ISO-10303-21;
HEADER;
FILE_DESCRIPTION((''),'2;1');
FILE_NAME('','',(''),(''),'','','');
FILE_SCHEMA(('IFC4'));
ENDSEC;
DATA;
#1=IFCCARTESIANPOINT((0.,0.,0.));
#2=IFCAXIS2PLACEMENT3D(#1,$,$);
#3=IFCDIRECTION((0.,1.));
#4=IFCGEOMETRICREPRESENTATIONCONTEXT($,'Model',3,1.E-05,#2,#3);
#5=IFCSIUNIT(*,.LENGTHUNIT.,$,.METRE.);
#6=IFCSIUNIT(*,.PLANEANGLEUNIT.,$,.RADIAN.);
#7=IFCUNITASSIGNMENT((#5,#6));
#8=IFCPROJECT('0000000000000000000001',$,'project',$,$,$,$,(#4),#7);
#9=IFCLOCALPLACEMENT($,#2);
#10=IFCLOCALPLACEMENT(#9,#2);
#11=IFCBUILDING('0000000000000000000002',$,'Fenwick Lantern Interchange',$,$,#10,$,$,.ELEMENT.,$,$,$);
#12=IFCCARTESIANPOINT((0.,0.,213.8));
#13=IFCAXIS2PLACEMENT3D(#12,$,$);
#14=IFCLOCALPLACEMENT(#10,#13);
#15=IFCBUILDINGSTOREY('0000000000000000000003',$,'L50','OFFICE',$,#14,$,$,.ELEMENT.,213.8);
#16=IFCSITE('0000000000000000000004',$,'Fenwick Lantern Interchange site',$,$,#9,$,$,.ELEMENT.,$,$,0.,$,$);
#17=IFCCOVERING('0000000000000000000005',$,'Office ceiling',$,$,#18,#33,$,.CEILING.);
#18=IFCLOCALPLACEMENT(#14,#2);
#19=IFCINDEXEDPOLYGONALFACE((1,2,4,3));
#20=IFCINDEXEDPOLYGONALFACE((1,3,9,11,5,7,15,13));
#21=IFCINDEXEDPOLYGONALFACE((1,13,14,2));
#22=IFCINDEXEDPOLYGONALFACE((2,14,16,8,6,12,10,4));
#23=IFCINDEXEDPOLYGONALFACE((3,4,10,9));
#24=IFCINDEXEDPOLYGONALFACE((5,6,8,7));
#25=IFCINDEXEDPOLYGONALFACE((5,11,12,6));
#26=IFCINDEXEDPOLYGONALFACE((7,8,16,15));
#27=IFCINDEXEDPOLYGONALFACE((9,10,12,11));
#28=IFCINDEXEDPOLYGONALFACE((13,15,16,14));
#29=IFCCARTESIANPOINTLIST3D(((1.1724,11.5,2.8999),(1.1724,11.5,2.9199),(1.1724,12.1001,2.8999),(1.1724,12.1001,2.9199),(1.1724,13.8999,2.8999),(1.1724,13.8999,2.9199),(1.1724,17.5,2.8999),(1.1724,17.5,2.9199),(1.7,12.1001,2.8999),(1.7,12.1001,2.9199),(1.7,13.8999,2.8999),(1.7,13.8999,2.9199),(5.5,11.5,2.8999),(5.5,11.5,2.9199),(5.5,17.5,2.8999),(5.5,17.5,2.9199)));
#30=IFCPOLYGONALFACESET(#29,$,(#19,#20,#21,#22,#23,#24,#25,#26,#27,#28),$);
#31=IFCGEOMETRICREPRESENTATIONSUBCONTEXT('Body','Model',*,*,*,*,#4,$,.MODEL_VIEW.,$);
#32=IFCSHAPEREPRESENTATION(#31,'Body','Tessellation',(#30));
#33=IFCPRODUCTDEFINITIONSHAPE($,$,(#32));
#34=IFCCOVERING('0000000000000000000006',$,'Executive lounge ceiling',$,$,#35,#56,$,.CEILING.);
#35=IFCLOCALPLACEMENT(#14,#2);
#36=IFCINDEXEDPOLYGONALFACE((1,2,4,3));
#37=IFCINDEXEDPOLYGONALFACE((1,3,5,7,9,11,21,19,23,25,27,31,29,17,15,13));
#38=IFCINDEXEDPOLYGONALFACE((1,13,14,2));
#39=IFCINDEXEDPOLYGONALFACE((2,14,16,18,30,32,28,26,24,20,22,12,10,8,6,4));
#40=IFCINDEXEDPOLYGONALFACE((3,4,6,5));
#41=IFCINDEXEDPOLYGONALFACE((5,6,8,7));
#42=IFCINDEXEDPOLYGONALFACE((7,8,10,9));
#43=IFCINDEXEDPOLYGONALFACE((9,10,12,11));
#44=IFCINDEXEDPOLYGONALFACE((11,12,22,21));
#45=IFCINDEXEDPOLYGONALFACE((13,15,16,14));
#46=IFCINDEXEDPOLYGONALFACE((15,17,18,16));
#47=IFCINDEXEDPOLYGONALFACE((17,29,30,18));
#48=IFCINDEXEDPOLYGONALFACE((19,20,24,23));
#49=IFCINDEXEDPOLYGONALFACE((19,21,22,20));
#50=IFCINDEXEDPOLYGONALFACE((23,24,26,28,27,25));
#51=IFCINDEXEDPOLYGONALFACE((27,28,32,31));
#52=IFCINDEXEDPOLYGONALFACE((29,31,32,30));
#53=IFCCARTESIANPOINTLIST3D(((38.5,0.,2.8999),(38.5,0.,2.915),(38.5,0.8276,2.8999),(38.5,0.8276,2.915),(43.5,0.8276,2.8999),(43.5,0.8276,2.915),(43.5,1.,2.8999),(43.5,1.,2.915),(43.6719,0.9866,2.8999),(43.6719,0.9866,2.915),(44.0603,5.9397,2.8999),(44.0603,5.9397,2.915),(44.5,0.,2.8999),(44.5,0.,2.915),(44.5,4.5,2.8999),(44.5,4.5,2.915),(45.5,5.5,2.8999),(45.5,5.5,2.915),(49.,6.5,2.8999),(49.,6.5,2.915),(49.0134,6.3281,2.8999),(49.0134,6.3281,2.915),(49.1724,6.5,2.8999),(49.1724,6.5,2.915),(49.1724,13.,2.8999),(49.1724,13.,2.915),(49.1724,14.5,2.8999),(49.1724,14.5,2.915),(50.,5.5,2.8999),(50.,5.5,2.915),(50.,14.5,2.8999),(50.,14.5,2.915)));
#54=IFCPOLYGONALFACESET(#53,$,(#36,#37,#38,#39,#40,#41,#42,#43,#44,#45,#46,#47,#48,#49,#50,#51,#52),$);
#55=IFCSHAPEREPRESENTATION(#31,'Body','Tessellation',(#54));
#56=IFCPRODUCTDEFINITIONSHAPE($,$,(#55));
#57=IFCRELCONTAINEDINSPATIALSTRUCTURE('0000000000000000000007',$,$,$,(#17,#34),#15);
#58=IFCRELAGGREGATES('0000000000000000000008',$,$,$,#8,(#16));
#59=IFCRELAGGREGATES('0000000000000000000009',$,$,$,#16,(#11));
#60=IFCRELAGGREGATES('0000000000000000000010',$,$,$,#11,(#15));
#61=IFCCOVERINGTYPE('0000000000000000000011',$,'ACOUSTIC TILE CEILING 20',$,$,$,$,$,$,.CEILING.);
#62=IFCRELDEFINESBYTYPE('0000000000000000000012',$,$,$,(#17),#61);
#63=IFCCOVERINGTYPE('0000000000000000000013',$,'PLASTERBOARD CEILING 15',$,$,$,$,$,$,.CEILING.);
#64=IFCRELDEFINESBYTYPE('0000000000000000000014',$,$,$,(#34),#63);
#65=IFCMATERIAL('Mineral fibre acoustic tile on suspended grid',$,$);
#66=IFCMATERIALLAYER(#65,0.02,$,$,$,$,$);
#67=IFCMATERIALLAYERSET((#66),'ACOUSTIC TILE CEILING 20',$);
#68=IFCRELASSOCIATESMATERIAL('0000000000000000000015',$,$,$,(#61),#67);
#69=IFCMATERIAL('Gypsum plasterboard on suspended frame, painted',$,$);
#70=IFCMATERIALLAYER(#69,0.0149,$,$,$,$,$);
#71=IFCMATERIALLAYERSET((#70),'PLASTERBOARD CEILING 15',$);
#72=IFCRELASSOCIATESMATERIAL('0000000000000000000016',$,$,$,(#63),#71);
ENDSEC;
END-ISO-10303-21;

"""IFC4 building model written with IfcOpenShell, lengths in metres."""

from ifc_helpers import new_model, si_unit, direction, frame, origin, place, context, subcontext, project, spatial, polyline, outline, extrude, material, layer, layer_set, type_object, element, save


model = new_model("IFC4")

# Units and contexts
model_context = context("Model", 3, precision=1e-05, world=origin(), true_north=direction((0.0, 1.0)))
body_context = subcontext(model_context, "Body", "Model", "MODEL_VIEW")
ifc_project = project(units=[si_unit("LENGTHUNIT", "METRE"), si_unit("PLANEANGLEUNIT", "RADIAN")], contexts=[model_context])

# Site, building, storey
site_placement = place(None, origin())
site = spatial("IfcSite", under=ifc_project, at=site_placement, Name="Fenwick Lantern Interchange site", CompositionType="ELEMENT", RefElevation=0.0)
building_placement = place(site_placement, origin())
building = spatial("IfcBuilding", under=site, at=building_placement, Name="Fenwick Lantern Interchange", CompositionType="ELEMENT")
storey_placement = place(building_placement, frame((0.0, 0.0, 213.8)))
storey = spatial("IfcBuildingStorey", under=building, at=storey_placement, Name="L50", Description="OFFICE", CompositionType="ELEMENT", Elevation=213.8)

# Coverings
ifc_material_1 = material(Name="Mineral fibre acoustic tile on suspended grid")
ifc_layer_1 = layer(ifc_material_1, 0.02)
ifc_layer_set_1 = layer_set([ifc_layer_1], Name="ACOUSTIC TILE CEILING 20")
covering_type_1 = type_object("IfcCoveringType", Name="ACOUSTIC TILE CEILING 20", PredefinedType="CEILING", material=ifc_layer_set_1)
covering_1_placement = place(storey_placement, frame((0.0, 0.0, 2.8999)))
element("IfcCovering", 1, at=covering_1_placement, inside=storey, type_object=covering_type_1, Name="Office ceiling", PredefinedType="CEILING", context=body_context, shape_type="SweptSolid", body=[
    extrude(outline(polyline([(5.5, 17.5), (1.1724, 17.5), (1.1724, 13.8999), (1.7, 13.8999), (1.7, 12.1001), (1.1724, 12.1001), (1.1724, 11.5), (5.5, 11.5), (5.5, 17.5)])), origin(), (0.0, 0.0, 1.0), 0.02),
])
ifc_material_2 = material(Name="Gypsum plasterboard on suspended frame, painted")
ifc_layer_2 = layer(ifc_material_2, 0.0149)
ifc_layer_set_2 = layer_set([ifc_layer_2], Name="PLASTERBOARD CEILING 15")
covering_type_2 = type_object("IfcCoveringType", Name="PLASTERBOARD CEILING 15", PredefinedType="CEILING", material=ifc_layer_set_2)
covering_2_placement = place(storey_placement, frame((0.0, 0.0, 2.8999)))
element("IfcCovering", 2, at=covering_2_placement, inside=storey, type_object=covering_type_2, Name="Executive lounge ceiling", PredefinedType="CEILING", context=body_context, shape_type="SweptSolid", body=[
    extrude(outline(polyline([(38.5, 0.8276), (38.5, 0.0), (44.5, 0.0), (44.5, 4.5), (45.5, 5.5), (50.0, 5.5), (50.0, 14.5), (49.1724, 14.5), (49.1724, 13.0), (49.1724, 6.5), (49.0, 6.5), (49.0134, 6.3281), (44.0603, 5.9397), (43.6719, 0.9866), (43.5, 1.0), (43.5, 0.8276), (38.5, 0.8276)])), origin(), (0.0, 0.0, 1.0), 0.0151),
])

save(model, "model.ifc")
